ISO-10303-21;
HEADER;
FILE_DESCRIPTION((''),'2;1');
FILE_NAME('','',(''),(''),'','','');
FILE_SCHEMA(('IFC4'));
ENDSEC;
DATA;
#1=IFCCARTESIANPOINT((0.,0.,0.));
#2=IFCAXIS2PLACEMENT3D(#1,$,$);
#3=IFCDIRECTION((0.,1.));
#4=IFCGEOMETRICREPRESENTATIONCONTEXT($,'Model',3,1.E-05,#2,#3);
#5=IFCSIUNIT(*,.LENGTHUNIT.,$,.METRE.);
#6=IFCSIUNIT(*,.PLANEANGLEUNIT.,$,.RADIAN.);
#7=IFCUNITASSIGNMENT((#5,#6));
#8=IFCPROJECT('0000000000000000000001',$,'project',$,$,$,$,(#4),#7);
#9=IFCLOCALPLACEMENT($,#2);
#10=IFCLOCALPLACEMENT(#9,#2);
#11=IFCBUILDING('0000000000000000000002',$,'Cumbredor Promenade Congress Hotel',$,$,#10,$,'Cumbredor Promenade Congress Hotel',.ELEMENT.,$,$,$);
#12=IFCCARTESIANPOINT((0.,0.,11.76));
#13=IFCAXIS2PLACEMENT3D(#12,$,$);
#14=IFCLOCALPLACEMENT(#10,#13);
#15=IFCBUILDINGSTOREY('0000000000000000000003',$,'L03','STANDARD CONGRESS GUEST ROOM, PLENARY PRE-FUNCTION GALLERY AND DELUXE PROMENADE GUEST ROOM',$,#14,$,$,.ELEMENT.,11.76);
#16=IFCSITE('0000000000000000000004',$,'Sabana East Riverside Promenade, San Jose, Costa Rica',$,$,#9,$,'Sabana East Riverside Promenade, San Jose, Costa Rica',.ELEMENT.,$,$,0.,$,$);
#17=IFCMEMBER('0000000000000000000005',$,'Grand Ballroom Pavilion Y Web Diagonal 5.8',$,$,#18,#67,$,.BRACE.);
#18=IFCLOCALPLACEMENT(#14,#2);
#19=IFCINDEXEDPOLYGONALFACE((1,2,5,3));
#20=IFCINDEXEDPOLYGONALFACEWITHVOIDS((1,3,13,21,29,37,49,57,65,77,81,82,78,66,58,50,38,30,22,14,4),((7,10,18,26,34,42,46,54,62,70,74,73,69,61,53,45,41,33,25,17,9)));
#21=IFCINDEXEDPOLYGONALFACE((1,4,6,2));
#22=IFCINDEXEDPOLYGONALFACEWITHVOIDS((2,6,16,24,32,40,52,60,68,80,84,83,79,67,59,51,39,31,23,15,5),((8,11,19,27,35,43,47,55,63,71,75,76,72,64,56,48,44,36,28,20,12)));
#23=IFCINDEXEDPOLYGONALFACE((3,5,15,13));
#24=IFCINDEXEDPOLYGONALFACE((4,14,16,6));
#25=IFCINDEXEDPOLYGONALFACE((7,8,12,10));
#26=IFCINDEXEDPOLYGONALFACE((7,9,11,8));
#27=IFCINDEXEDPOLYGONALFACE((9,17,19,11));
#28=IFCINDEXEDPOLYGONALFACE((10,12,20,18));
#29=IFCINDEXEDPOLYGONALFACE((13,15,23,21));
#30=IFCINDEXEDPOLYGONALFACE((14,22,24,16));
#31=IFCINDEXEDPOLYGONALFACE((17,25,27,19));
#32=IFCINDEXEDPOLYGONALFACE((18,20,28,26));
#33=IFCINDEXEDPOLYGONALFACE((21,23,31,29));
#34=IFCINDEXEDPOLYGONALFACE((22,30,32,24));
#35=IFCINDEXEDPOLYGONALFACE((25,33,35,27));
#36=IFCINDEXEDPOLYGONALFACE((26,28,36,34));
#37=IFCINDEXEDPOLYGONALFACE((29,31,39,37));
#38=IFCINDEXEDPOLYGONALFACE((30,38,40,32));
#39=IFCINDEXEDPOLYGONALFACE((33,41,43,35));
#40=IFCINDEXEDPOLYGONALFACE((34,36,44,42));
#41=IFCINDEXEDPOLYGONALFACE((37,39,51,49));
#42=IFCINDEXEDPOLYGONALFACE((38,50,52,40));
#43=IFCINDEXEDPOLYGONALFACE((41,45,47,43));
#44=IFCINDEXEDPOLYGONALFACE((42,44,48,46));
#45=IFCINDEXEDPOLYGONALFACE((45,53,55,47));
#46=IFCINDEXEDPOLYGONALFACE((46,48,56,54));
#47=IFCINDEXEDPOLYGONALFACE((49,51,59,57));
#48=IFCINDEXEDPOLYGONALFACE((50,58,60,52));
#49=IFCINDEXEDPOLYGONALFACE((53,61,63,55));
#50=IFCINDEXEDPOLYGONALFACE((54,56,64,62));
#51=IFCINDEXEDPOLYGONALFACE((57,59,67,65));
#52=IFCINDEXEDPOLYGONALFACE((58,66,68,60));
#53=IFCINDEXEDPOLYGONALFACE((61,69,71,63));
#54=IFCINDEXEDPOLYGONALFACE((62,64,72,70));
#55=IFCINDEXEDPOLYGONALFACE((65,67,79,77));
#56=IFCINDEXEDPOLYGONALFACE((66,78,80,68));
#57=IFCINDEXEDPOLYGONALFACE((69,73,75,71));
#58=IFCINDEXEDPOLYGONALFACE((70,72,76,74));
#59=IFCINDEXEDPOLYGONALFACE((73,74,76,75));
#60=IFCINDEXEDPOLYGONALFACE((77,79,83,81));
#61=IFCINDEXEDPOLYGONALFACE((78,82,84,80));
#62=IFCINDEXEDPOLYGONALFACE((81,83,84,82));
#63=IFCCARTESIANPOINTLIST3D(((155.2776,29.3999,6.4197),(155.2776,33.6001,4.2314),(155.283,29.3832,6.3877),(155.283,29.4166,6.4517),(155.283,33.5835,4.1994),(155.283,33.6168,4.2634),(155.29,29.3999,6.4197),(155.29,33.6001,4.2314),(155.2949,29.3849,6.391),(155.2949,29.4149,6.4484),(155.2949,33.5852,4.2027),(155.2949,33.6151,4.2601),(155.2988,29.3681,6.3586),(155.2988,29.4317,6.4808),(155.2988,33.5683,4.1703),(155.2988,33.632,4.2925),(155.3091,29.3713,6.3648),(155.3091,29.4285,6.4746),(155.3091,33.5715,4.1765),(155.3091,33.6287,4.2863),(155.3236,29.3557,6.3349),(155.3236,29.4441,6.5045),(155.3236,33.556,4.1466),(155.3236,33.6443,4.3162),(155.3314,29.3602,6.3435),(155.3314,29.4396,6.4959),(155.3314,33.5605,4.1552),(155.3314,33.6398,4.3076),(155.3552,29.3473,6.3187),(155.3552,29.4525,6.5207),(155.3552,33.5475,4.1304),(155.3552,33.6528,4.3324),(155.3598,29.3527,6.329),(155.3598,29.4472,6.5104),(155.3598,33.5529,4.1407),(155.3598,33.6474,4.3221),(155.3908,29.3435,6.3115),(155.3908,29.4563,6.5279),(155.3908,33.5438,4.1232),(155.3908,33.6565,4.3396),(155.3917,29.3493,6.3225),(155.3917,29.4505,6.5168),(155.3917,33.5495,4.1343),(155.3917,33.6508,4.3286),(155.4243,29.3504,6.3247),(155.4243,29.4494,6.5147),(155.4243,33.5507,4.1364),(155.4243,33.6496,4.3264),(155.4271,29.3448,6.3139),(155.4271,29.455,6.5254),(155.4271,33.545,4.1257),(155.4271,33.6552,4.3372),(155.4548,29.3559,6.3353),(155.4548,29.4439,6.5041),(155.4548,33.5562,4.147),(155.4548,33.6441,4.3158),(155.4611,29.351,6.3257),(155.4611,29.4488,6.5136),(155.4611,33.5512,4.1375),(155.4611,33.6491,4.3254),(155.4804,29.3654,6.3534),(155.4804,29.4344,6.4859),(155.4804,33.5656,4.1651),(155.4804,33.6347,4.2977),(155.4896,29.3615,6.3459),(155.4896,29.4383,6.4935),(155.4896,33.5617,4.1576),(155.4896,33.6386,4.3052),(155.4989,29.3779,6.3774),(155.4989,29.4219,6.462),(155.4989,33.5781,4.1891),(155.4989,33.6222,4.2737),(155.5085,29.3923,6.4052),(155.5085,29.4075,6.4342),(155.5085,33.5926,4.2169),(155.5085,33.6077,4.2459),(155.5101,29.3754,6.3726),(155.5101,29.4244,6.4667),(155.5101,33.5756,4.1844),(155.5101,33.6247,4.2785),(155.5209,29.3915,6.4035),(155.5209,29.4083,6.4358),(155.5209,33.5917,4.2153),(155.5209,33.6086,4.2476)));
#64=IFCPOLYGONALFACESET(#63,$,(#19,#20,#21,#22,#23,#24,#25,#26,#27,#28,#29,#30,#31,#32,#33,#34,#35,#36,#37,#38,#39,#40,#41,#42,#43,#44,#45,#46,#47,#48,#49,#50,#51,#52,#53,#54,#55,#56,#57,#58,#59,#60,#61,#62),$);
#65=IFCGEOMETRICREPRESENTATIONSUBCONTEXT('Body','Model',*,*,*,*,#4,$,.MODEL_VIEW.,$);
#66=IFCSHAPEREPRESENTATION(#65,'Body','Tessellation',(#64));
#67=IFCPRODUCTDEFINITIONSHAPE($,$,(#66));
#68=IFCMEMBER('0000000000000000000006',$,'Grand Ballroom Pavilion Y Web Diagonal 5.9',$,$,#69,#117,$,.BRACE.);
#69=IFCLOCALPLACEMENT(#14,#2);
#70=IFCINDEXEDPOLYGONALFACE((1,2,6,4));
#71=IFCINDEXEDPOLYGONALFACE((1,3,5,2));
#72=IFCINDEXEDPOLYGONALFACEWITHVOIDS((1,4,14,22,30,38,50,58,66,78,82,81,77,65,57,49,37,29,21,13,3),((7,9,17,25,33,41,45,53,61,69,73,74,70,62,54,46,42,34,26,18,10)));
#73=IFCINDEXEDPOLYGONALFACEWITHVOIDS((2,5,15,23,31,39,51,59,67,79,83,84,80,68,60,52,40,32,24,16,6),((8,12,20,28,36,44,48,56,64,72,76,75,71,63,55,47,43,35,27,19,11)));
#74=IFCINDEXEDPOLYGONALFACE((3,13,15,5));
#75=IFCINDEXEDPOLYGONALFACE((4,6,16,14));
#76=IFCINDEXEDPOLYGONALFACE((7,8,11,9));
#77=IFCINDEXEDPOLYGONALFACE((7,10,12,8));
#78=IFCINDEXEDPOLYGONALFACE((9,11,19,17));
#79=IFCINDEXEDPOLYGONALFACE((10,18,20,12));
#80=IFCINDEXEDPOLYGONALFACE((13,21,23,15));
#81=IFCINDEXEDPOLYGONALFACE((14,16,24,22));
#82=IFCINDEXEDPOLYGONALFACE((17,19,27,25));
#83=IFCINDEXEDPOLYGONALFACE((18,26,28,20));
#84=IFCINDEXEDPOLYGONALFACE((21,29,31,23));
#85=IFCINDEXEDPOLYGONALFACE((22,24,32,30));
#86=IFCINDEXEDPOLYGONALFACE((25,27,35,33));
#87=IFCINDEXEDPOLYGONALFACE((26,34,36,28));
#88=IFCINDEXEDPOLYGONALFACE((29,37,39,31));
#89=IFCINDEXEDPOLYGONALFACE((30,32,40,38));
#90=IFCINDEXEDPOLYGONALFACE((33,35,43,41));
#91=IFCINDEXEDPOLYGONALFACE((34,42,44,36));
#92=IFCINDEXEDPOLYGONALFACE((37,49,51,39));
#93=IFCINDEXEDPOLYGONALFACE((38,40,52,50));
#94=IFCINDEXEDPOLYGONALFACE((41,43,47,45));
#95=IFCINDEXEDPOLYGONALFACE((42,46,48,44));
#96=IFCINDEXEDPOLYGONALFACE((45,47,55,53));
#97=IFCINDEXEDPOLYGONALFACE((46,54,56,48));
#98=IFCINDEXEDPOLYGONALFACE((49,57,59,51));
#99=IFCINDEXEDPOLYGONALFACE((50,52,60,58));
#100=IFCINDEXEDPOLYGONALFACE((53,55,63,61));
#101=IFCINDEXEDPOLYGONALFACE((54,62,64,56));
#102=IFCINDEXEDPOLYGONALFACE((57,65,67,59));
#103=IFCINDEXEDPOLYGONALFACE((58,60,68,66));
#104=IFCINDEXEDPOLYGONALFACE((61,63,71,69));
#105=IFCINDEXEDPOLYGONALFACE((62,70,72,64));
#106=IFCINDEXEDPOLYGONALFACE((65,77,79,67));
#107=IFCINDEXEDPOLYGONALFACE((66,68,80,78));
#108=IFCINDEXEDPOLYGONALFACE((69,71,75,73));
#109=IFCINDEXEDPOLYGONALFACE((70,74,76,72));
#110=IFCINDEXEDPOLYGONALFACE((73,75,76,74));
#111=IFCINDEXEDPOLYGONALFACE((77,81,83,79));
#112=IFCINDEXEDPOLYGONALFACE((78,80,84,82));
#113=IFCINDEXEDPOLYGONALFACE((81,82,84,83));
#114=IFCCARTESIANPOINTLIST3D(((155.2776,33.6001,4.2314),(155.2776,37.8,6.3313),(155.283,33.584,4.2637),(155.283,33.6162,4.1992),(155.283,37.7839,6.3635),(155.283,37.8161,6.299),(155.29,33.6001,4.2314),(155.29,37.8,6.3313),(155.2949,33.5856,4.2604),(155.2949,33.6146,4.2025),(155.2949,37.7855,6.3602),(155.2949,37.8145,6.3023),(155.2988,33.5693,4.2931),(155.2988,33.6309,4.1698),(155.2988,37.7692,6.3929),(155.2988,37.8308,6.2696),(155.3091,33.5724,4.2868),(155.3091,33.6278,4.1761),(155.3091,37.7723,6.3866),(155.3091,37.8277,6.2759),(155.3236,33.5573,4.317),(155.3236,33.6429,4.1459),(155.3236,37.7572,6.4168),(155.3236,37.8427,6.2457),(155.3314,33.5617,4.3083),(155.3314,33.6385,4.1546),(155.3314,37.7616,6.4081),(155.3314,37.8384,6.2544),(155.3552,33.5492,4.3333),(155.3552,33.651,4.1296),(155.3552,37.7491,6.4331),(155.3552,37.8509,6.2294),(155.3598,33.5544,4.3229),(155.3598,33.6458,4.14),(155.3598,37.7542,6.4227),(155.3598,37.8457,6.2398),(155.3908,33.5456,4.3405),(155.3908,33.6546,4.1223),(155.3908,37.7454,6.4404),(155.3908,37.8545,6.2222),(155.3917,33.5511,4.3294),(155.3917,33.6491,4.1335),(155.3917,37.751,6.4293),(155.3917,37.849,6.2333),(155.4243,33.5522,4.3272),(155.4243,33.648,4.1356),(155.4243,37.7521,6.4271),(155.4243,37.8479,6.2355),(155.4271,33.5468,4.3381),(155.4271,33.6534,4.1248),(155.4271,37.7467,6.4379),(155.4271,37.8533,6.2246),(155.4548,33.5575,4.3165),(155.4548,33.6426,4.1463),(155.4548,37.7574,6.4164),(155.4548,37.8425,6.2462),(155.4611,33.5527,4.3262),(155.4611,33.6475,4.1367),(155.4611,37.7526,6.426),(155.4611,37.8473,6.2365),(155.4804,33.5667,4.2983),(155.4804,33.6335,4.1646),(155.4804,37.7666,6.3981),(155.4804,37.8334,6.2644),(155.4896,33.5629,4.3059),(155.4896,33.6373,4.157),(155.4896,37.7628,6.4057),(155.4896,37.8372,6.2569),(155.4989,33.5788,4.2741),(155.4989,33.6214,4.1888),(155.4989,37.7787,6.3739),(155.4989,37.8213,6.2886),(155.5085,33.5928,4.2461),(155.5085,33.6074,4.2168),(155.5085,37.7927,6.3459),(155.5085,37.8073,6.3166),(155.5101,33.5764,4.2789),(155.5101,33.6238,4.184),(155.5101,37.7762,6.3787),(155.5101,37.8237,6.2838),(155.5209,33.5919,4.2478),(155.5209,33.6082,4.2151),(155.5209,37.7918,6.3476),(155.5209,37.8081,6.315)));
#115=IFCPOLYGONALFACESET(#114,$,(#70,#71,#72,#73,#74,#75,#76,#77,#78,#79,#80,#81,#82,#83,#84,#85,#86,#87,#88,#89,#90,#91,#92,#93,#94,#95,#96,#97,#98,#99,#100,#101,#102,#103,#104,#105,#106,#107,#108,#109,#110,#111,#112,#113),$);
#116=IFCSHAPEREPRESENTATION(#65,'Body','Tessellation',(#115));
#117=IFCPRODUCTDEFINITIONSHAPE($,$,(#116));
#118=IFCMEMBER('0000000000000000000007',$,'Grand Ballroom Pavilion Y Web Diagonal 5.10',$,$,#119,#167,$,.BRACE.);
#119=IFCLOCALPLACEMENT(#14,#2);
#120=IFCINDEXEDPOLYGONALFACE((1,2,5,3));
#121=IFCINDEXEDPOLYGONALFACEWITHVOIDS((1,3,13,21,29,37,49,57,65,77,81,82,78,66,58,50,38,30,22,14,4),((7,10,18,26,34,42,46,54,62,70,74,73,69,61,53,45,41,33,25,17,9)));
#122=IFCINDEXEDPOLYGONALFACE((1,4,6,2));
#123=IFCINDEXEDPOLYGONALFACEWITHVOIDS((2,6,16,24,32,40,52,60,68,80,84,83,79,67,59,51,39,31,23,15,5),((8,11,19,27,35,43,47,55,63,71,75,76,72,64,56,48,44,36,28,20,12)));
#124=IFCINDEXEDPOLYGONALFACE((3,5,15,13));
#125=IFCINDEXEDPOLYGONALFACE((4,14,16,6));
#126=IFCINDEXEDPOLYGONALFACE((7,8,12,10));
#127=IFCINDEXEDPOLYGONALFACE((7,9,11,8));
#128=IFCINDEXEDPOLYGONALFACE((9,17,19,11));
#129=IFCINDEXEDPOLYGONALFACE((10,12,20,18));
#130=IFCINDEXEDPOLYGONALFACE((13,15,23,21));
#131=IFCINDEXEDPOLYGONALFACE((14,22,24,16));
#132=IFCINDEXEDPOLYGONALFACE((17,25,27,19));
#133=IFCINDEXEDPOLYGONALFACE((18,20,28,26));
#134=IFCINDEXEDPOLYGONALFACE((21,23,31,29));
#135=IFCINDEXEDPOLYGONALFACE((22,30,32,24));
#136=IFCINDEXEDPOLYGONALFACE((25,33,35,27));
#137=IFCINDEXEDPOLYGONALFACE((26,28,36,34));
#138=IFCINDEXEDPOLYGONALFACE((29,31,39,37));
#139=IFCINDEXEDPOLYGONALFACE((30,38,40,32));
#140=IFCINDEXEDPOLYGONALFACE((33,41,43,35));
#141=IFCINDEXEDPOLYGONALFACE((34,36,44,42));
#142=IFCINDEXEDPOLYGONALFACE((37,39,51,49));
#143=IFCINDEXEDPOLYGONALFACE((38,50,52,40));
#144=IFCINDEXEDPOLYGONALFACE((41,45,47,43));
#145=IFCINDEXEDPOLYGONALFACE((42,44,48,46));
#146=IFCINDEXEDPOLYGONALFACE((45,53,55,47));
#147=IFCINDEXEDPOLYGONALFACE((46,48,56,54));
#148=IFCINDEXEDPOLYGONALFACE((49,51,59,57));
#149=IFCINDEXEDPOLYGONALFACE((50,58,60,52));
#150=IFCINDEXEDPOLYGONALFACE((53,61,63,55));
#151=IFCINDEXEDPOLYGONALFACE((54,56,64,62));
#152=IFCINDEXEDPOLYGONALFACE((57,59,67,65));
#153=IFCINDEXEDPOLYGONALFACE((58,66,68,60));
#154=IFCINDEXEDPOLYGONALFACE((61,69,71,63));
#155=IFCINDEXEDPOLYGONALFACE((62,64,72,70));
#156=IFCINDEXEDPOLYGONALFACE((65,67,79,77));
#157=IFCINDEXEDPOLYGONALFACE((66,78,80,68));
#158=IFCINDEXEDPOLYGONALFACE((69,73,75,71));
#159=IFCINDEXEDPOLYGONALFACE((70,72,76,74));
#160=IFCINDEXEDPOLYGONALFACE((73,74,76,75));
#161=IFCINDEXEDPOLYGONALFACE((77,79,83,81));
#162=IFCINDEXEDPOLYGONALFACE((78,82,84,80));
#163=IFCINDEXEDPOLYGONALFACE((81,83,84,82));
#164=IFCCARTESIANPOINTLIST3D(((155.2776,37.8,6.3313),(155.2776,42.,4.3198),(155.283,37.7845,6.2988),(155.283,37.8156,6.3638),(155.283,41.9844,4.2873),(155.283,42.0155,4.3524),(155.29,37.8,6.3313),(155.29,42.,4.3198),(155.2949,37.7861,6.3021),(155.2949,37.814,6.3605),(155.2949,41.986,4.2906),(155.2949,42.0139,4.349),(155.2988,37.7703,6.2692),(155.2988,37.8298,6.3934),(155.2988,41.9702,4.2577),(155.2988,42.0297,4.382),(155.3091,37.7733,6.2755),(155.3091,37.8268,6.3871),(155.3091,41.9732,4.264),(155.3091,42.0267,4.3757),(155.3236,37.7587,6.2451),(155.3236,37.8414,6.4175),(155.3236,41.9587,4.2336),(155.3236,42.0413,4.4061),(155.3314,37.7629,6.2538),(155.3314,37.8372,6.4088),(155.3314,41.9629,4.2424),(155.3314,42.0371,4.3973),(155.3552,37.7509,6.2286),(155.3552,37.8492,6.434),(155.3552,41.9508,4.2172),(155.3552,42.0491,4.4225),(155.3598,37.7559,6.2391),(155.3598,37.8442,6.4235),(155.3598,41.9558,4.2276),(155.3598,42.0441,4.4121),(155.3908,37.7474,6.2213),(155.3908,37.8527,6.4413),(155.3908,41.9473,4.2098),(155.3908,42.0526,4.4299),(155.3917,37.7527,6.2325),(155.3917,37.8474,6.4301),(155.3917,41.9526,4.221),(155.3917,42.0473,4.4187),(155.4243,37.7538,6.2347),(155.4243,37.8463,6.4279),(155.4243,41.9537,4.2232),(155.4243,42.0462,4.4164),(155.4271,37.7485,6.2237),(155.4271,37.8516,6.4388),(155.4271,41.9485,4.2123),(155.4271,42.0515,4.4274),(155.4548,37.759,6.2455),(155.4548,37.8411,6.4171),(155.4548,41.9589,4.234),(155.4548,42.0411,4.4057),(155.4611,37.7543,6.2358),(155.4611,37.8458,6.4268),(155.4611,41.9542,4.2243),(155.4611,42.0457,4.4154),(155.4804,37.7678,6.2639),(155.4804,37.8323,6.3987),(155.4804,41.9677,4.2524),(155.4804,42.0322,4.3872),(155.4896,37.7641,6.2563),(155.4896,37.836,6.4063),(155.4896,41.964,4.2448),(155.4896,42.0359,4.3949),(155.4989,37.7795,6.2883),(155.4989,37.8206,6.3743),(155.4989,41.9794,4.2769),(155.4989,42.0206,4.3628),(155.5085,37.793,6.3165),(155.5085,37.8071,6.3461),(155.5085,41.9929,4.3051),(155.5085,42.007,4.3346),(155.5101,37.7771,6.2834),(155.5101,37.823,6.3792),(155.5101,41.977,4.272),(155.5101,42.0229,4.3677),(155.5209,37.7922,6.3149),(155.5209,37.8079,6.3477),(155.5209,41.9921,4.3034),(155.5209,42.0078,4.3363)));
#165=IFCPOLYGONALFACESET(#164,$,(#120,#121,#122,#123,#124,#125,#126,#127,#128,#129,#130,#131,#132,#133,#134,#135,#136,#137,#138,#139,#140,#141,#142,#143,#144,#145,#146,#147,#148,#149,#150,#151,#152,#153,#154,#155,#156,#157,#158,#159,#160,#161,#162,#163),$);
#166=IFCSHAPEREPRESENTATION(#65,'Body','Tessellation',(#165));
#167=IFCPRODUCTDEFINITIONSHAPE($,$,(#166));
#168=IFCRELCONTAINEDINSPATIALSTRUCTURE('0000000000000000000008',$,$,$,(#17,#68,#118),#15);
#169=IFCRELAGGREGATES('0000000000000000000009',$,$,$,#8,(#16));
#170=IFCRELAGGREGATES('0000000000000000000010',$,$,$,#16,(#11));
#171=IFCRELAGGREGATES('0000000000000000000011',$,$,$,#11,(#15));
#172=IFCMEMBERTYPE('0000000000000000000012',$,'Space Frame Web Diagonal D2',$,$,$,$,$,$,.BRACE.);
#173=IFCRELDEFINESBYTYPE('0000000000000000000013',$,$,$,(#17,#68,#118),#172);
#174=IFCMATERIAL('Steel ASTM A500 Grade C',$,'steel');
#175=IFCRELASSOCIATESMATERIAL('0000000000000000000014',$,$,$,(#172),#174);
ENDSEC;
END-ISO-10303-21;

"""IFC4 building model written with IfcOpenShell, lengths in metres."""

from ifc_helpers import new_model, si_unit, direction, frame, origin, origin_2d, place, context, subcontext, project, spatial, hollow_circle, extrude, material, material_profile, profile_set, type_object, element, save


model = new_model("IFC4")

# Units and contexts
model_context = context("Model", 3, precision=1e-05, world=origin(), true_north=direction((0.0, 1.0)))
body_context = subcontext(model_context, "Body", "Model", "MODEL_VIEW")
ifc_project = project(units=[si_unit("LENGTHUNIT", "METRE"), si_unit("PLANEANGLEUNIT", "RADIAN")], contexts=[model_context])

# Site, building, storey
site_placement = place(None, origin())
site = spatial("IfcSite", under=ifc_project, at=site_placement, Name="Sabana East Riverside Promenade, San Jose, Costa Rica", LongName="Sabana East Riverside Promenade, San Jose, Costa Rica", CompositionType="ELEMENT", RefElevation=0.0)
building_placement = place(site_placement, origin())
building = spatial("IfcBuilding", under=site, at=building_placement, Name="Cumbredor Promenade Congress Hotel", LongName="Cumbredor Promenade Congress Hotel", CompositionType="ELEMENT")
storey_placement = place(building_placement, frame((0.0, 0.0, 11.76)))
storey = spatial("IfcBuildingStorey", under=building, at=storey_placement, Name="L03", Description="STANDARD CONGRESS GUEST ROOM, PLENARY PRE-FUNCTION GALLERY AND DELUXE PROMENADE GUEST ROOM", CompositionType="ELEMENT", Elevation=11.76)

# Members
ifc_material_1 = material(Name="Steel ASTM A500 Grade C", Category="steel")
ifc_material_profile_1 = material_profile(ifc_material_1, hollow_circle(Radius=0.1223, WallThickness=0.0125, at=origin_2d()), Name="CHS 244.5x12.5")
ifc_profile_set_1 = profile_set([ifc_material_profile_1], Name="Steel ASTM A500 Grade C")
member_type_1 = type_object("IfcMemberType", Name="Space Frame Web Diagonal D2", PredefinedType="BRACE", material=ifc_profile_set_1)
member_1_placement = place(storey_placement, frame((155.3999, 29.3999, 6.4197), z_axis=(0.0, 0.88686, -0.462039), x_axis=(-1.0, 0.0, 0.0)))
element("IfcMember", 1, at=member_1_placement, inside=storey, type_object=member_type_1, Name="Grand Ballroom Pavilion Y Web Diagonal 5.8", PredefinedType="BRACE", context=body_context, shape_type="SweptSolid", body=[
    extrude(hollow_circle(Radius=0.1223, WallThickness=0.0125, at=origin_2d()), origin(), (0.0, 0.0, 1.0), 4.7361),
])
member_2_placement = place(storey_placement, frame((155.3999, 33.6001, 4.2314), z_axis=(0.0, 0.894438, 0.447193), x_axis=(-1.0, 0.0, 0.0)))
element("IfcMember", 2, at=member_2_placement, inside=storey, type_object=member_type_1, Name="Grand Ballroom Pavilion Y Web Diagonal 5.9", PredefinedType="BRACE", context=body_context, shape_type="SweptSolid", body=[
    extrude(hollow_circle(Radius=0.1223, WallThickness=0.0125, at=origin_2d()), origin(), (0.0, 0.0, 1.0), 4.6956),
])
member_3_placement = place(storey_placement, frame((155.3999, 37.8, 6.3313), z_axis=(0.0, 0.9019, -0.431945), x_axis=(-1.0, 0.0, 0.0)))
element("IfcMember", 3, at=member_3_placement, inside=storey, type_object=member_type_1, Name="Grand Ballroom Pavilion Y Web Diagonal 5.10", PredefinedType="BRACE", context=body_context, shape_type="SweptSolid", body=[
    extrude(hollow_circle(Radius=0.1223, WallThickness=0.0125, at=origin_2d()), origin(), (0.0, 0.0, 1.0), 4.6567),
])

save(model, "model.ifc")
